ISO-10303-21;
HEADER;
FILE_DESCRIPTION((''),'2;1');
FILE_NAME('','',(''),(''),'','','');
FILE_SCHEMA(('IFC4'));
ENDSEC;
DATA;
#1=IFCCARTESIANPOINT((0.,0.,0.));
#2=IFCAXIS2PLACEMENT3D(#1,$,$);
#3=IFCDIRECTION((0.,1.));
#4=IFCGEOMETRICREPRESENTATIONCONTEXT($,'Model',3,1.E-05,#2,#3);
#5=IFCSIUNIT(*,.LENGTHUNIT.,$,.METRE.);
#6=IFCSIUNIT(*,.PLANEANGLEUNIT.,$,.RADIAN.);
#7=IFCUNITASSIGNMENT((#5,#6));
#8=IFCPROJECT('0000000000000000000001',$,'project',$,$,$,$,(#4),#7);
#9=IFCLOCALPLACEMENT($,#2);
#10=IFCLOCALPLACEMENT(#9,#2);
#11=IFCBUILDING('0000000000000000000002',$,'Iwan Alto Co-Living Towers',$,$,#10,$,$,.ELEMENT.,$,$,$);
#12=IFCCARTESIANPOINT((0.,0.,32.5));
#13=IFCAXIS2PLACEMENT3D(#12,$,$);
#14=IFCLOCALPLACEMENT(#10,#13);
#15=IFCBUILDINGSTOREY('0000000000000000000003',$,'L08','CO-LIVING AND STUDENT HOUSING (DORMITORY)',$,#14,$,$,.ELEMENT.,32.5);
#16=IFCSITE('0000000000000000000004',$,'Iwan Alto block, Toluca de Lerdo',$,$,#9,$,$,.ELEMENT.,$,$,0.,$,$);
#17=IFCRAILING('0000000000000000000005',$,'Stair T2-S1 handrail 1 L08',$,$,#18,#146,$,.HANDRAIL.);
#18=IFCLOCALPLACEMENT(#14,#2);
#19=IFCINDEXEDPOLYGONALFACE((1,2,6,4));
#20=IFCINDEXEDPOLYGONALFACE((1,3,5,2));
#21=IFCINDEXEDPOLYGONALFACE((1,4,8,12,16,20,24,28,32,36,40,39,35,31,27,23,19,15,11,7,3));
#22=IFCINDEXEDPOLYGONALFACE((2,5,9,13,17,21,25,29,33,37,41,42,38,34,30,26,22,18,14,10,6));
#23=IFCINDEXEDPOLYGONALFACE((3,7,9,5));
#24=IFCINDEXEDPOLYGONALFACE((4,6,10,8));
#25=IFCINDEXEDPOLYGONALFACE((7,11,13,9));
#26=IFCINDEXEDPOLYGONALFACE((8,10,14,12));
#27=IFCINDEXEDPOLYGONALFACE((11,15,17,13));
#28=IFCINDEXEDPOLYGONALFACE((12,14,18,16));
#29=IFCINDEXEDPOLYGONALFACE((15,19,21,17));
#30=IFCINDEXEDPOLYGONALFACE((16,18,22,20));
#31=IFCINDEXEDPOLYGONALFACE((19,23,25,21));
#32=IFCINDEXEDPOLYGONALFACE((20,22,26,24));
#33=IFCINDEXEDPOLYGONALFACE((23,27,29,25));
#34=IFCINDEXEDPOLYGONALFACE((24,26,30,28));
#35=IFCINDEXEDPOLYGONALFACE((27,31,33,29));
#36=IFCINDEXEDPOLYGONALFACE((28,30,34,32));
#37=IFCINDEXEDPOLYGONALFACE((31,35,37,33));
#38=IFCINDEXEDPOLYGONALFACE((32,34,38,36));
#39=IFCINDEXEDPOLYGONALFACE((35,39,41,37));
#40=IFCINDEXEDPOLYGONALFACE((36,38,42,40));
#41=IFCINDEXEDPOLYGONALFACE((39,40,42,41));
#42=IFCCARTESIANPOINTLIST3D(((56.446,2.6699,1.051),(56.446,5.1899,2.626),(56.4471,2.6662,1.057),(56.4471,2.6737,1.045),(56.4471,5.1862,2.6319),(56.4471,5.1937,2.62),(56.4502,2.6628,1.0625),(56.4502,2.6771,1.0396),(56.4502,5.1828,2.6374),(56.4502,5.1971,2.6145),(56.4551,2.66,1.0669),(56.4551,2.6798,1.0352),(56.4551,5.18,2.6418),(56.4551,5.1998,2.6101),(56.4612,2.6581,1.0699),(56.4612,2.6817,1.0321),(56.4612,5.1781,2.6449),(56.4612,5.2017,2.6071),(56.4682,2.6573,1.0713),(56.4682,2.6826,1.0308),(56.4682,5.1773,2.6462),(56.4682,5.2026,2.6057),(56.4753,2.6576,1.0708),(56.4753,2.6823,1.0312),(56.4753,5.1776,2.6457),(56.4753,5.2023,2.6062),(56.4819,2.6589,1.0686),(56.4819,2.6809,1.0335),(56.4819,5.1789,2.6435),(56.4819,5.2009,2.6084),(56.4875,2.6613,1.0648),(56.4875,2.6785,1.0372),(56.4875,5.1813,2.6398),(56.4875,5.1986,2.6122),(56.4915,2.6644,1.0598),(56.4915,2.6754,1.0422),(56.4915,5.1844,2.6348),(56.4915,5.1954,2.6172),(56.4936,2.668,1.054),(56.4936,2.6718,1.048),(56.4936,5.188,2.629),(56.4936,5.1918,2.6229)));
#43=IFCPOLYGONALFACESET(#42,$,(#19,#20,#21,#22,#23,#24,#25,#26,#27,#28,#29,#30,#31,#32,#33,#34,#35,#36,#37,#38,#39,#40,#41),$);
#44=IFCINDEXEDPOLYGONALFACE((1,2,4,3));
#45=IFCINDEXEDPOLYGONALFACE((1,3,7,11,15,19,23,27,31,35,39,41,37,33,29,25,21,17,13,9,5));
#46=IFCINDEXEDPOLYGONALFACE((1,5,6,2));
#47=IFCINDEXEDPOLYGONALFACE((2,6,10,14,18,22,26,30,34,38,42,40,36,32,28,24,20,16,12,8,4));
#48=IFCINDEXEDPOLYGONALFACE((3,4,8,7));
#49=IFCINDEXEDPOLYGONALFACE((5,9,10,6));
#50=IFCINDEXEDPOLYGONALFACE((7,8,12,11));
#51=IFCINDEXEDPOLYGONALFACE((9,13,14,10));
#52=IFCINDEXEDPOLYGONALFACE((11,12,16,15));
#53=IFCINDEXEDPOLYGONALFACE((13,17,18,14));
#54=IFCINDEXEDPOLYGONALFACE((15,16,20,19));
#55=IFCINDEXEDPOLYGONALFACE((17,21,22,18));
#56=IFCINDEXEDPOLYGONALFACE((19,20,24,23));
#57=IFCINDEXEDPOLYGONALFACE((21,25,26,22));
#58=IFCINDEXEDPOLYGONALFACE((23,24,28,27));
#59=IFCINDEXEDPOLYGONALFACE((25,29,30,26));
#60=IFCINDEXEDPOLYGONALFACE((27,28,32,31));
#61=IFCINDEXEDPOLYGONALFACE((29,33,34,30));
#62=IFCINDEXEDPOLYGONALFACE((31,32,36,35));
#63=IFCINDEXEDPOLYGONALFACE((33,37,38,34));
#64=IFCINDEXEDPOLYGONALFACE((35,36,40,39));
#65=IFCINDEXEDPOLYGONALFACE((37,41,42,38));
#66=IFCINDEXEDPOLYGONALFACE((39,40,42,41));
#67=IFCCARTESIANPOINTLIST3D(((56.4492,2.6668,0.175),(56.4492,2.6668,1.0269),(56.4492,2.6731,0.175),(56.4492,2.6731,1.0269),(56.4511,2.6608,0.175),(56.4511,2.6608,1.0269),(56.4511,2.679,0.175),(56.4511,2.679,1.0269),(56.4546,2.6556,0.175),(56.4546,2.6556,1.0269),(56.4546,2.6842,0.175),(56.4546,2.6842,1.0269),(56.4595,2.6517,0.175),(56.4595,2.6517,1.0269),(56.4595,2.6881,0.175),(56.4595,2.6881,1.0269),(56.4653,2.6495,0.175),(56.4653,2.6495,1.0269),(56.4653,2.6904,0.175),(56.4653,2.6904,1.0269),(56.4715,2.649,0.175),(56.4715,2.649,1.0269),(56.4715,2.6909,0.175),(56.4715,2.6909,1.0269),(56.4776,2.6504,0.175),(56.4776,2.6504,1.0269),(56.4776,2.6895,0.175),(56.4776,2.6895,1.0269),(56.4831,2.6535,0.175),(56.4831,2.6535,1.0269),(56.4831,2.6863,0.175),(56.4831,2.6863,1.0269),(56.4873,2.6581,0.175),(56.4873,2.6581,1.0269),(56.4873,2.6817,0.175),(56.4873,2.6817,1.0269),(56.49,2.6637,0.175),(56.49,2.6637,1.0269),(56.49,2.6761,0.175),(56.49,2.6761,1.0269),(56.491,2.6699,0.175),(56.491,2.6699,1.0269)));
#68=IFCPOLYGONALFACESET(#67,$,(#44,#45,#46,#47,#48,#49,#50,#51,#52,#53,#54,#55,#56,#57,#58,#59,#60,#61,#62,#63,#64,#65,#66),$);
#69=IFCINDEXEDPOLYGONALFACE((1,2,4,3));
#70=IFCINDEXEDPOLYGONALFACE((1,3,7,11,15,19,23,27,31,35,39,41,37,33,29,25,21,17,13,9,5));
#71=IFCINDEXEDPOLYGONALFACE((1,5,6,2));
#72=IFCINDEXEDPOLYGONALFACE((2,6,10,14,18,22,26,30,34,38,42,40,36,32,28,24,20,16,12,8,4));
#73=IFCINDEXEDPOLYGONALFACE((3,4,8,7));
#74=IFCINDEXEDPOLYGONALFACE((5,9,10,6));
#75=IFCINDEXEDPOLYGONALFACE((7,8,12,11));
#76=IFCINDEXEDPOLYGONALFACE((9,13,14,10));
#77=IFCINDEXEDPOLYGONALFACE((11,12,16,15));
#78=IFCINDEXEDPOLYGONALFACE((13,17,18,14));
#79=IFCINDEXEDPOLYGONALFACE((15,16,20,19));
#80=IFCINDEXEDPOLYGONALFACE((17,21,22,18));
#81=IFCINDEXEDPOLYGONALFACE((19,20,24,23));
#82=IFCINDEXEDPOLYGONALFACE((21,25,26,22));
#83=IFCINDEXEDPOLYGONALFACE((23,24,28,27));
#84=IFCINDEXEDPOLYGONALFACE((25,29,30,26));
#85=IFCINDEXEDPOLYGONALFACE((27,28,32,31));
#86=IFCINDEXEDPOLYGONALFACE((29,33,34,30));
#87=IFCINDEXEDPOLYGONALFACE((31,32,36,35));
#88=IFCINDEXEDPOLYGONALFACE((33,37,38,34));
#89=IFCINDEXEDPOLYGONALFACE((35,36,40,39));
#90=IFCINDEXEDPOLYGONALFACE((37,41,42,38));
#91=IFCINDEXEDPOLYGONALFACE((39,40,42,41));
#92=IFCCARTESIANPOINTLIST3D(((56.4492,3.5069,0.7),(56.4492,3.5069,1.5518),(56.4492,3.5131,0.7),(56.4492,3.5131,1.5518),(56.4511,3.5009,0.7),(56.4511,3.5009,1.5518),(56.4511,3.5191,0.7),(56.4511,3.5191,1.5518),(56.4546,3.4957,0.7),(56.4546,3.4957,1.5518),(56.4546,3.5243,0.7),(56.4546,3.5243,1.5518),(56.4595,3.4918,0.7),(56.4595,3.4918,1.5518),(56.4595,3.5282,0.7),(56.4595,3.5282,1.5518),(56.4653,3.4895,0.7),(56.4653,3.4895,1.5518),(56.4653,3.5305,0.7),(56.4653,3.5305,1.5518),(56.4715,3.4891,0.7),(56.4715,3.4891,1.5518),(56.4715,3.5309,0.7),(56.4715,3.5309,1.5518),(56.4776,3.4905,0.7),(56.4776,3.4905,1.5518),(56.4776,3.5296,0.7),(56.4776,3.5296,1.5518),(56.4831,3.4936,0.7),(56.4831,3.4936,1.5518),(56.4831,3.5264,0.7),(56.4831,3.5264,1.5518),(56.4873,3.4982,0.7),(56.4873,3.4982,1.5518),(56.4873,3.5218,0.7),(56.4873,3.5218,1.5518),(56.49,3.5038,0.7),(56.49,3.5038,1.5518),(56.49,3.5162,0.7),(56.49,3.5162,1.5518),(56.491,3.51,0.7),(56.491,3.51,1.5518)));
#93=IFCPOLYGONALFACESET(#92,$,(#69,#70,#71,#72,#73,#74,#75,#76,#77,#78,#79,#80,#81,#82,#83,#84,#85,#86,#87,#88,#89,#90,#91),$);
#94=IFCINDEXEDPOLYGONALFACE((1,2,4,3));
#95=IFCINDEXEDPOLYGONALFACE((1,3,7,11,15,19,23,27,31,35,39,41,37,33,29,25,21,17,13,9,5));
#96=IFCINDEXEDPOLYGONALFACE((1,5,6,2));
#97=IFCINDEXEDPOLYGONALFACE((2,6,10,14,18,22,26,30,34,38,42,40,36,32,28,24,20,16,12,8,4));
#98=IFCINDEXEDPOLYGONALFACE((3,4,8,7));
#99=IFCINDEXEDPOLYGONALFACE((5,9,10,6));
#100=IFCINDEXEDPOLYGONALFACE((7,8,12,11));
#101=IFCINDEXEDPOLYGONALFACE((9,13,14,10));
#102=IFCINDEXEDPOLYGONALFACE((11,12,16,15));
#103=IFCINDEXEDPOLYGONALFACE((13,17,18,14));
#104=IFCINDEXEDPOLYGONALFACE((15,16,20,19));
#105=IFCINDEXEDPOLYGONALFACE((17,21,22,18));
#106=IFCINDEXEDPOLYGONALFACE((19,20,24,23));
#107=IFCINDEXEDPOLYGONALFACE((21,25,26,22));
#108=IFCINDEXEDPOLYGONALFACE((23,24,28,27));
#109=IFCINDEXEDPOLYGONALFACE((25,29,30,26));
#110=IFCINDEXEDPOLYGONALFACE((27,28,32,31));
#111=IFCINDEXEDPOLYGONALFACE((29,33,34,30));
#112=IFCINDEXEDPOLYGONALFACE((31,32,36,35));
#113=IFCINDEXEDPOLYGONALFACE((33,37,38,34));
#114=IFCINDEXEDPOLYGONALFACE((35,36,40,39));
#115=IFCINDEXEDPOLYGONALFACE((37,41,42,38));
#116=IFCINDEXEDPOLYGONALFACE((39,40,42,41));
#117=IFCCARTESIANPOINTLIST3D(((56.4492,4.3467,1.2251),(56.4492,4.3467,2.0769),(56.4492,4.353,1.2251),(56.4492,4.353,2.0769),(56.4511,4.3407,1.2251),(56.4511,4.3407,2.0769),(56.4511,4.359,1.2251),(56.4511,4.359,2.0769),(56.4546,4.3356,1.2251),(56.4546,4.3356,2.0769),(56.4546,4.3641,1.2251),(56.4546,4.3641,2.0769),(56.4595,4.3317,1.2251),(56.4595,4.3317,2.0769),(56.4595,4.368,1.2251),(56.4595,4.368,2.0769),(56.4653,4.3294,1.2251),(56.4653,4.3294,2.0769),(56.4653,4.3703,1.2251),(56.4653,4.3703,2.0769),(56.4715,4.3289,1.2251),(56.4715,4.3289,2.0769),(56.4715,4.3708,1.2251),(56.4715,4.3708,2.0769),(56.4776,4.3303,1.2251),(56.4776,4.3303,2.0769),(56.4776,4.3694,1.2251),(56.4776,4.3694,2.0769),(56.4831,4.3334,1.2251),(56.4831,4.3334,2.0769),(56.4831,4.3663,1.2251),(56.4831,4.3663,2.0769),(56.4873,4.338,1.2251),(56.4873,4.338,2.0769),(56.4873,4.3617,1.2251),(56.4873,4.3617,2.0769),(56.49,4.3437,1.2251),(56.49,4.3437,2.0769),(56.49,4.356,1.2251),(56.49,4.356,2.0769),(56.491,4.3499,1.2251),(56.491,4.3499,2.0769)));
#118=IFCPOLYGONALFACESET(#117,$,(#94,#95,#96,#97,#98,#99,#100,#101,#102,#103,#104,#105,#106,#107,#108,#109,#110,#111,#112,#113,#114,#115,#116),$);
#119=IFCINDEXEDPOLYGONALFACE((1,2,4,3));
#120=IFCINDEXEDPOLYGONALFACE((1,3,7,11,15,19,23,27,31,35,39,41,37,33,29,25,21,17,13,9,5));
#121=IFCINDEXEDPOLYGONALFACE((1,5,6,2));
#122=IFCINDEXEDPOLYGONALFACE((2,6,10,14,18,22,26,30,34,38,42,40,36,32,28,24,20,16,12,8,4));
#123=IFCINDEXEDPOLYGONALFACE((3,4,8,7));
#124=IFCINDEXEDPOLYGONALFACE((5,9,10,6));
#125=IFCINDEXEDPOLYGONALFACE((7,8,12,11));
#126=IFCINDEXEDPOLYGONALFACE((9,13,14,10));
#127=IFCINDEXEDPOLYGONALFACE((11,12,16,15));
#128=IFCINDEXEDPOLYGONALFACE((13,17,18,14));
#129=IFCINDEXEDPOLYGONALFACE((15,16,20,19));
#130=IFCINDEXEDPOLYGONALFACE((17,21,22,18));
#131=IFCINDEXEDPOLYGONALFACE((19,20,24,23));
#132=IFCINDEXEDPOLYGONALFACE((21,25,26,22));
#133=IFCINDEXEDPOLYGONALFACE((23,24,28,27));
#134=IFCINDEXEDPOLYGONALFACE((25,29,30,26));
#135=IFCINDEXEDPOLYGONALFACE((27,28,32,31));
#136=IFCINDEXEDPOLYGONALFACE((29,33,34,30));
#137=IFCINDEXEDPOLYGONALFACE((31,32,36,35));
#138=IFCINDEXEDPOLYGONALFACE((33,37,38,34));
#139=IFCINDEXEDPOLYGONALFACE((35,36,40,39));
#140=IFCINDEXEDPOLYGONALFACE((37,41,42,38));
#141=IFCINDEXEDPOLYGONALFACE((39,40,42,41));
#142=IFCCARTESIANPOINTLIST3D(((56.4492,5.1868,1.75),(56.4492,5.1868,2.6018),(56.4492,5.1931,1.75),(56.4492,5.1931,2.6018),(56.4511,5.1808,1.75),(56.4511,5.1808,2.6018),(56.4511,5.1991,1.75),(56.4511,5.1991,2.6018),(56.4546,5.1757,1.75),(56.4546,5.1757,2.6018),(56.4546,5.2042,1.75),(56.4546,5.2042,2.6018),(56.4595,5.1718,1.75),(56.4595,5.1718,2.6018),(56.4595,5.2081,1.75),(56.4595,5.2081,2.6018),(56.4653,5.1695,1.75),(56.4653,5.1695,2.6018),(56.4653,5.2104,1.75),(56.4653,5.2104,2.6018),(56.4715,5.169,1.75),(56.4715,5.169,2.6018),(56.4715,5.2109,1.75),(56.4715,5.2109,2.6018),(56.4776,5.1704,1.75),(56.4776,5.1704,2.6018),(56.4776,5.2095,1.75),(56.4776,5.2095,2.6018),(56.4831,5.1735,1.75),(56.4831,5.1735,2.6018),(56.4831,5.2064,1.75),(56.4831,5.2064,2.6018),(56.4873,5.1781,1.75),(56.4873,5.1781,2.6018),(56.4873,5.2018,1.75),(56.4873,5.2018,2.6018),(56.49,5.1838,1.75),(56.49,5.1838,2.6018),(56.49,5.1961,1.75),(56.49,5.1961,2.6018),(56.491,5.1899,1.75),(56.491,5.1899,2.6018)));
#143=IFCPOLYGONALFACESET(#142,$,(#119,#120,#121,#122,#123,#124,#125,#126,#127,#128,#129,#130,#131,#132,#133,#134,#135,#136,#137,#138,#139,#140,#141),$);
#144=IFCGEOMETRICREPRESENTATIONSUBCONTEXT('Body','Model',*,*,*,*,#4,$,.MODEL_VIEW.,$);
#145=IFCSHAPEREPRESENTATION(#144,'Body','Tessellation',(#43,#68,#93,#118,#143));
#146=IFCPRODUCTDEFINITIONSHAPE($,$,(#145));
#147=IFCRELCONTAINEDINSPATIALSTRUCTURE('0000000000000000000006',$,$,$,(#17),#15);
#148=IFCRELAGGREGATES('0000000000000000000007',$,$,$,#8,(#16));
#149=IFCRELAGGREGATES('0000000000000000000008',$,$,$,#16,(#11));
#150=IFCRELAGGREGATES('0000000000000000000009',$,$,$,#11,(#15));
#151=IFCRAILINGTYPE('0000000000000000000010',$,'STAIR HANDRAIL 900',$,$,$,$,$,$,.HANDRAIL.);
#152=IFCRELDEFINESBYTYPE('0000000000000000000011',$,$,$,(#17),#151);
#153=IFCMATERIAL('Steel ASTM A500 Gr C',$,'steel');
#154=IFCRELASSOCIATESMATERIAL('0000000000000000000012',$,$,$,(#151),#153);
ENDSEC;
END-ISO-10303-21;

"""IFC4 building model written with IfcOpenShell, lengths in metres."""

from ifc_helpers import new_model, si_unit, direction, frame, origin, origin_2d, place, context, subcontext, project, spatial, circle, extrude, material, type_object, element, save


model = new_model("IFC4")

# Units and contexts
model_context = context("Model", 3, precision=1e-05, world=origin(), true_north=direction((0.0, 1.0)))
body_context = subcontext(model_context, "Body", "Model", "MODEL_VIEW")
ifc_project = project(units=[si_unit("LENGTHUNIT", "METRE"), si_unit("PLANEANGLEUNIT", "RADIAN")], contexts=[model_context])

# Site, building, storey
site_placement = place(None, origin())
site = spatial("IfcSite", under=ifc_project, at=site_placement, Name="Iwan Alto block, Toluca de Lerdo", CompositionType="ELEMENT", RefElevation=0.0)
building_placement = place(site_placement, origin())
building = spatial("IfcBuilding", under=site, at=building_placement, Name="Iwan Alto Co-Living Towers", CompositionType="ELEMENT")
storey_placement = place(building_placement, frame((0.0, 0.0, 32.5)))
storey = spatial("IfcBuildingStorey", under=building, at=storey_placement, Name="L08", Description="CO-LIVING AND STUDENT HOUSING (DORMITORY)", CompositionType="ELEMENT", Elevation=32.5)

# Railing
ifc_material_1 = material(Name="Steel ASTM A500 Gr C", Category="steel")
railing_type_1 = type_object("IfcRailingType", Name="STAIR HANDRAIL 900", PredefinedType="HANDRAIL", material=ifc_material_1)
railing_1_placement = place(storey_placement, frame((56.47, 2.6699, 0.175)))
element("IfcRailing", 1, at=railing_1_placement, inside=storey, type_object=railing_type_1, Name="Stair T2-S1 handrail 1 L08", PredefinedType="HANDRAIL", context=body_context, shape_type="SweptSolid", body=[
    extrude(circle(Radius=0.0239, at=origin_2d()), frame((0.0, 0.0, 0.876), z_axis=(0.0, 0.848008, 0.529984), x_axis=(-1.0, 0.0, 0.0)), (0.0, 0.0, 1.0), 2.9717),
    extrude(circle(Radius=0.021, at=origin_2d()), origin(), (0.0, 0.0, 1.0), 0.8518),
    extrude(circle(Radius=0.021, at=origin_2d()), frame((0.0, 0.8401, 0.5249)), (0.0, 0.0, 1.0), 0.8518),
    extrude(circle(Radius=0.021, at=origin_2d()), frame((0.0, 1.6799, 1.05)), (0.0, 0.0, 1.0), 0.8518),
    extrude(circle(Radius=0.021, at=origin_2d()), frame((0.0, 2.52, 1.575)), (0.0, 0.0, 1.0), 0.8518),
])

save(model, "model.ifc")
